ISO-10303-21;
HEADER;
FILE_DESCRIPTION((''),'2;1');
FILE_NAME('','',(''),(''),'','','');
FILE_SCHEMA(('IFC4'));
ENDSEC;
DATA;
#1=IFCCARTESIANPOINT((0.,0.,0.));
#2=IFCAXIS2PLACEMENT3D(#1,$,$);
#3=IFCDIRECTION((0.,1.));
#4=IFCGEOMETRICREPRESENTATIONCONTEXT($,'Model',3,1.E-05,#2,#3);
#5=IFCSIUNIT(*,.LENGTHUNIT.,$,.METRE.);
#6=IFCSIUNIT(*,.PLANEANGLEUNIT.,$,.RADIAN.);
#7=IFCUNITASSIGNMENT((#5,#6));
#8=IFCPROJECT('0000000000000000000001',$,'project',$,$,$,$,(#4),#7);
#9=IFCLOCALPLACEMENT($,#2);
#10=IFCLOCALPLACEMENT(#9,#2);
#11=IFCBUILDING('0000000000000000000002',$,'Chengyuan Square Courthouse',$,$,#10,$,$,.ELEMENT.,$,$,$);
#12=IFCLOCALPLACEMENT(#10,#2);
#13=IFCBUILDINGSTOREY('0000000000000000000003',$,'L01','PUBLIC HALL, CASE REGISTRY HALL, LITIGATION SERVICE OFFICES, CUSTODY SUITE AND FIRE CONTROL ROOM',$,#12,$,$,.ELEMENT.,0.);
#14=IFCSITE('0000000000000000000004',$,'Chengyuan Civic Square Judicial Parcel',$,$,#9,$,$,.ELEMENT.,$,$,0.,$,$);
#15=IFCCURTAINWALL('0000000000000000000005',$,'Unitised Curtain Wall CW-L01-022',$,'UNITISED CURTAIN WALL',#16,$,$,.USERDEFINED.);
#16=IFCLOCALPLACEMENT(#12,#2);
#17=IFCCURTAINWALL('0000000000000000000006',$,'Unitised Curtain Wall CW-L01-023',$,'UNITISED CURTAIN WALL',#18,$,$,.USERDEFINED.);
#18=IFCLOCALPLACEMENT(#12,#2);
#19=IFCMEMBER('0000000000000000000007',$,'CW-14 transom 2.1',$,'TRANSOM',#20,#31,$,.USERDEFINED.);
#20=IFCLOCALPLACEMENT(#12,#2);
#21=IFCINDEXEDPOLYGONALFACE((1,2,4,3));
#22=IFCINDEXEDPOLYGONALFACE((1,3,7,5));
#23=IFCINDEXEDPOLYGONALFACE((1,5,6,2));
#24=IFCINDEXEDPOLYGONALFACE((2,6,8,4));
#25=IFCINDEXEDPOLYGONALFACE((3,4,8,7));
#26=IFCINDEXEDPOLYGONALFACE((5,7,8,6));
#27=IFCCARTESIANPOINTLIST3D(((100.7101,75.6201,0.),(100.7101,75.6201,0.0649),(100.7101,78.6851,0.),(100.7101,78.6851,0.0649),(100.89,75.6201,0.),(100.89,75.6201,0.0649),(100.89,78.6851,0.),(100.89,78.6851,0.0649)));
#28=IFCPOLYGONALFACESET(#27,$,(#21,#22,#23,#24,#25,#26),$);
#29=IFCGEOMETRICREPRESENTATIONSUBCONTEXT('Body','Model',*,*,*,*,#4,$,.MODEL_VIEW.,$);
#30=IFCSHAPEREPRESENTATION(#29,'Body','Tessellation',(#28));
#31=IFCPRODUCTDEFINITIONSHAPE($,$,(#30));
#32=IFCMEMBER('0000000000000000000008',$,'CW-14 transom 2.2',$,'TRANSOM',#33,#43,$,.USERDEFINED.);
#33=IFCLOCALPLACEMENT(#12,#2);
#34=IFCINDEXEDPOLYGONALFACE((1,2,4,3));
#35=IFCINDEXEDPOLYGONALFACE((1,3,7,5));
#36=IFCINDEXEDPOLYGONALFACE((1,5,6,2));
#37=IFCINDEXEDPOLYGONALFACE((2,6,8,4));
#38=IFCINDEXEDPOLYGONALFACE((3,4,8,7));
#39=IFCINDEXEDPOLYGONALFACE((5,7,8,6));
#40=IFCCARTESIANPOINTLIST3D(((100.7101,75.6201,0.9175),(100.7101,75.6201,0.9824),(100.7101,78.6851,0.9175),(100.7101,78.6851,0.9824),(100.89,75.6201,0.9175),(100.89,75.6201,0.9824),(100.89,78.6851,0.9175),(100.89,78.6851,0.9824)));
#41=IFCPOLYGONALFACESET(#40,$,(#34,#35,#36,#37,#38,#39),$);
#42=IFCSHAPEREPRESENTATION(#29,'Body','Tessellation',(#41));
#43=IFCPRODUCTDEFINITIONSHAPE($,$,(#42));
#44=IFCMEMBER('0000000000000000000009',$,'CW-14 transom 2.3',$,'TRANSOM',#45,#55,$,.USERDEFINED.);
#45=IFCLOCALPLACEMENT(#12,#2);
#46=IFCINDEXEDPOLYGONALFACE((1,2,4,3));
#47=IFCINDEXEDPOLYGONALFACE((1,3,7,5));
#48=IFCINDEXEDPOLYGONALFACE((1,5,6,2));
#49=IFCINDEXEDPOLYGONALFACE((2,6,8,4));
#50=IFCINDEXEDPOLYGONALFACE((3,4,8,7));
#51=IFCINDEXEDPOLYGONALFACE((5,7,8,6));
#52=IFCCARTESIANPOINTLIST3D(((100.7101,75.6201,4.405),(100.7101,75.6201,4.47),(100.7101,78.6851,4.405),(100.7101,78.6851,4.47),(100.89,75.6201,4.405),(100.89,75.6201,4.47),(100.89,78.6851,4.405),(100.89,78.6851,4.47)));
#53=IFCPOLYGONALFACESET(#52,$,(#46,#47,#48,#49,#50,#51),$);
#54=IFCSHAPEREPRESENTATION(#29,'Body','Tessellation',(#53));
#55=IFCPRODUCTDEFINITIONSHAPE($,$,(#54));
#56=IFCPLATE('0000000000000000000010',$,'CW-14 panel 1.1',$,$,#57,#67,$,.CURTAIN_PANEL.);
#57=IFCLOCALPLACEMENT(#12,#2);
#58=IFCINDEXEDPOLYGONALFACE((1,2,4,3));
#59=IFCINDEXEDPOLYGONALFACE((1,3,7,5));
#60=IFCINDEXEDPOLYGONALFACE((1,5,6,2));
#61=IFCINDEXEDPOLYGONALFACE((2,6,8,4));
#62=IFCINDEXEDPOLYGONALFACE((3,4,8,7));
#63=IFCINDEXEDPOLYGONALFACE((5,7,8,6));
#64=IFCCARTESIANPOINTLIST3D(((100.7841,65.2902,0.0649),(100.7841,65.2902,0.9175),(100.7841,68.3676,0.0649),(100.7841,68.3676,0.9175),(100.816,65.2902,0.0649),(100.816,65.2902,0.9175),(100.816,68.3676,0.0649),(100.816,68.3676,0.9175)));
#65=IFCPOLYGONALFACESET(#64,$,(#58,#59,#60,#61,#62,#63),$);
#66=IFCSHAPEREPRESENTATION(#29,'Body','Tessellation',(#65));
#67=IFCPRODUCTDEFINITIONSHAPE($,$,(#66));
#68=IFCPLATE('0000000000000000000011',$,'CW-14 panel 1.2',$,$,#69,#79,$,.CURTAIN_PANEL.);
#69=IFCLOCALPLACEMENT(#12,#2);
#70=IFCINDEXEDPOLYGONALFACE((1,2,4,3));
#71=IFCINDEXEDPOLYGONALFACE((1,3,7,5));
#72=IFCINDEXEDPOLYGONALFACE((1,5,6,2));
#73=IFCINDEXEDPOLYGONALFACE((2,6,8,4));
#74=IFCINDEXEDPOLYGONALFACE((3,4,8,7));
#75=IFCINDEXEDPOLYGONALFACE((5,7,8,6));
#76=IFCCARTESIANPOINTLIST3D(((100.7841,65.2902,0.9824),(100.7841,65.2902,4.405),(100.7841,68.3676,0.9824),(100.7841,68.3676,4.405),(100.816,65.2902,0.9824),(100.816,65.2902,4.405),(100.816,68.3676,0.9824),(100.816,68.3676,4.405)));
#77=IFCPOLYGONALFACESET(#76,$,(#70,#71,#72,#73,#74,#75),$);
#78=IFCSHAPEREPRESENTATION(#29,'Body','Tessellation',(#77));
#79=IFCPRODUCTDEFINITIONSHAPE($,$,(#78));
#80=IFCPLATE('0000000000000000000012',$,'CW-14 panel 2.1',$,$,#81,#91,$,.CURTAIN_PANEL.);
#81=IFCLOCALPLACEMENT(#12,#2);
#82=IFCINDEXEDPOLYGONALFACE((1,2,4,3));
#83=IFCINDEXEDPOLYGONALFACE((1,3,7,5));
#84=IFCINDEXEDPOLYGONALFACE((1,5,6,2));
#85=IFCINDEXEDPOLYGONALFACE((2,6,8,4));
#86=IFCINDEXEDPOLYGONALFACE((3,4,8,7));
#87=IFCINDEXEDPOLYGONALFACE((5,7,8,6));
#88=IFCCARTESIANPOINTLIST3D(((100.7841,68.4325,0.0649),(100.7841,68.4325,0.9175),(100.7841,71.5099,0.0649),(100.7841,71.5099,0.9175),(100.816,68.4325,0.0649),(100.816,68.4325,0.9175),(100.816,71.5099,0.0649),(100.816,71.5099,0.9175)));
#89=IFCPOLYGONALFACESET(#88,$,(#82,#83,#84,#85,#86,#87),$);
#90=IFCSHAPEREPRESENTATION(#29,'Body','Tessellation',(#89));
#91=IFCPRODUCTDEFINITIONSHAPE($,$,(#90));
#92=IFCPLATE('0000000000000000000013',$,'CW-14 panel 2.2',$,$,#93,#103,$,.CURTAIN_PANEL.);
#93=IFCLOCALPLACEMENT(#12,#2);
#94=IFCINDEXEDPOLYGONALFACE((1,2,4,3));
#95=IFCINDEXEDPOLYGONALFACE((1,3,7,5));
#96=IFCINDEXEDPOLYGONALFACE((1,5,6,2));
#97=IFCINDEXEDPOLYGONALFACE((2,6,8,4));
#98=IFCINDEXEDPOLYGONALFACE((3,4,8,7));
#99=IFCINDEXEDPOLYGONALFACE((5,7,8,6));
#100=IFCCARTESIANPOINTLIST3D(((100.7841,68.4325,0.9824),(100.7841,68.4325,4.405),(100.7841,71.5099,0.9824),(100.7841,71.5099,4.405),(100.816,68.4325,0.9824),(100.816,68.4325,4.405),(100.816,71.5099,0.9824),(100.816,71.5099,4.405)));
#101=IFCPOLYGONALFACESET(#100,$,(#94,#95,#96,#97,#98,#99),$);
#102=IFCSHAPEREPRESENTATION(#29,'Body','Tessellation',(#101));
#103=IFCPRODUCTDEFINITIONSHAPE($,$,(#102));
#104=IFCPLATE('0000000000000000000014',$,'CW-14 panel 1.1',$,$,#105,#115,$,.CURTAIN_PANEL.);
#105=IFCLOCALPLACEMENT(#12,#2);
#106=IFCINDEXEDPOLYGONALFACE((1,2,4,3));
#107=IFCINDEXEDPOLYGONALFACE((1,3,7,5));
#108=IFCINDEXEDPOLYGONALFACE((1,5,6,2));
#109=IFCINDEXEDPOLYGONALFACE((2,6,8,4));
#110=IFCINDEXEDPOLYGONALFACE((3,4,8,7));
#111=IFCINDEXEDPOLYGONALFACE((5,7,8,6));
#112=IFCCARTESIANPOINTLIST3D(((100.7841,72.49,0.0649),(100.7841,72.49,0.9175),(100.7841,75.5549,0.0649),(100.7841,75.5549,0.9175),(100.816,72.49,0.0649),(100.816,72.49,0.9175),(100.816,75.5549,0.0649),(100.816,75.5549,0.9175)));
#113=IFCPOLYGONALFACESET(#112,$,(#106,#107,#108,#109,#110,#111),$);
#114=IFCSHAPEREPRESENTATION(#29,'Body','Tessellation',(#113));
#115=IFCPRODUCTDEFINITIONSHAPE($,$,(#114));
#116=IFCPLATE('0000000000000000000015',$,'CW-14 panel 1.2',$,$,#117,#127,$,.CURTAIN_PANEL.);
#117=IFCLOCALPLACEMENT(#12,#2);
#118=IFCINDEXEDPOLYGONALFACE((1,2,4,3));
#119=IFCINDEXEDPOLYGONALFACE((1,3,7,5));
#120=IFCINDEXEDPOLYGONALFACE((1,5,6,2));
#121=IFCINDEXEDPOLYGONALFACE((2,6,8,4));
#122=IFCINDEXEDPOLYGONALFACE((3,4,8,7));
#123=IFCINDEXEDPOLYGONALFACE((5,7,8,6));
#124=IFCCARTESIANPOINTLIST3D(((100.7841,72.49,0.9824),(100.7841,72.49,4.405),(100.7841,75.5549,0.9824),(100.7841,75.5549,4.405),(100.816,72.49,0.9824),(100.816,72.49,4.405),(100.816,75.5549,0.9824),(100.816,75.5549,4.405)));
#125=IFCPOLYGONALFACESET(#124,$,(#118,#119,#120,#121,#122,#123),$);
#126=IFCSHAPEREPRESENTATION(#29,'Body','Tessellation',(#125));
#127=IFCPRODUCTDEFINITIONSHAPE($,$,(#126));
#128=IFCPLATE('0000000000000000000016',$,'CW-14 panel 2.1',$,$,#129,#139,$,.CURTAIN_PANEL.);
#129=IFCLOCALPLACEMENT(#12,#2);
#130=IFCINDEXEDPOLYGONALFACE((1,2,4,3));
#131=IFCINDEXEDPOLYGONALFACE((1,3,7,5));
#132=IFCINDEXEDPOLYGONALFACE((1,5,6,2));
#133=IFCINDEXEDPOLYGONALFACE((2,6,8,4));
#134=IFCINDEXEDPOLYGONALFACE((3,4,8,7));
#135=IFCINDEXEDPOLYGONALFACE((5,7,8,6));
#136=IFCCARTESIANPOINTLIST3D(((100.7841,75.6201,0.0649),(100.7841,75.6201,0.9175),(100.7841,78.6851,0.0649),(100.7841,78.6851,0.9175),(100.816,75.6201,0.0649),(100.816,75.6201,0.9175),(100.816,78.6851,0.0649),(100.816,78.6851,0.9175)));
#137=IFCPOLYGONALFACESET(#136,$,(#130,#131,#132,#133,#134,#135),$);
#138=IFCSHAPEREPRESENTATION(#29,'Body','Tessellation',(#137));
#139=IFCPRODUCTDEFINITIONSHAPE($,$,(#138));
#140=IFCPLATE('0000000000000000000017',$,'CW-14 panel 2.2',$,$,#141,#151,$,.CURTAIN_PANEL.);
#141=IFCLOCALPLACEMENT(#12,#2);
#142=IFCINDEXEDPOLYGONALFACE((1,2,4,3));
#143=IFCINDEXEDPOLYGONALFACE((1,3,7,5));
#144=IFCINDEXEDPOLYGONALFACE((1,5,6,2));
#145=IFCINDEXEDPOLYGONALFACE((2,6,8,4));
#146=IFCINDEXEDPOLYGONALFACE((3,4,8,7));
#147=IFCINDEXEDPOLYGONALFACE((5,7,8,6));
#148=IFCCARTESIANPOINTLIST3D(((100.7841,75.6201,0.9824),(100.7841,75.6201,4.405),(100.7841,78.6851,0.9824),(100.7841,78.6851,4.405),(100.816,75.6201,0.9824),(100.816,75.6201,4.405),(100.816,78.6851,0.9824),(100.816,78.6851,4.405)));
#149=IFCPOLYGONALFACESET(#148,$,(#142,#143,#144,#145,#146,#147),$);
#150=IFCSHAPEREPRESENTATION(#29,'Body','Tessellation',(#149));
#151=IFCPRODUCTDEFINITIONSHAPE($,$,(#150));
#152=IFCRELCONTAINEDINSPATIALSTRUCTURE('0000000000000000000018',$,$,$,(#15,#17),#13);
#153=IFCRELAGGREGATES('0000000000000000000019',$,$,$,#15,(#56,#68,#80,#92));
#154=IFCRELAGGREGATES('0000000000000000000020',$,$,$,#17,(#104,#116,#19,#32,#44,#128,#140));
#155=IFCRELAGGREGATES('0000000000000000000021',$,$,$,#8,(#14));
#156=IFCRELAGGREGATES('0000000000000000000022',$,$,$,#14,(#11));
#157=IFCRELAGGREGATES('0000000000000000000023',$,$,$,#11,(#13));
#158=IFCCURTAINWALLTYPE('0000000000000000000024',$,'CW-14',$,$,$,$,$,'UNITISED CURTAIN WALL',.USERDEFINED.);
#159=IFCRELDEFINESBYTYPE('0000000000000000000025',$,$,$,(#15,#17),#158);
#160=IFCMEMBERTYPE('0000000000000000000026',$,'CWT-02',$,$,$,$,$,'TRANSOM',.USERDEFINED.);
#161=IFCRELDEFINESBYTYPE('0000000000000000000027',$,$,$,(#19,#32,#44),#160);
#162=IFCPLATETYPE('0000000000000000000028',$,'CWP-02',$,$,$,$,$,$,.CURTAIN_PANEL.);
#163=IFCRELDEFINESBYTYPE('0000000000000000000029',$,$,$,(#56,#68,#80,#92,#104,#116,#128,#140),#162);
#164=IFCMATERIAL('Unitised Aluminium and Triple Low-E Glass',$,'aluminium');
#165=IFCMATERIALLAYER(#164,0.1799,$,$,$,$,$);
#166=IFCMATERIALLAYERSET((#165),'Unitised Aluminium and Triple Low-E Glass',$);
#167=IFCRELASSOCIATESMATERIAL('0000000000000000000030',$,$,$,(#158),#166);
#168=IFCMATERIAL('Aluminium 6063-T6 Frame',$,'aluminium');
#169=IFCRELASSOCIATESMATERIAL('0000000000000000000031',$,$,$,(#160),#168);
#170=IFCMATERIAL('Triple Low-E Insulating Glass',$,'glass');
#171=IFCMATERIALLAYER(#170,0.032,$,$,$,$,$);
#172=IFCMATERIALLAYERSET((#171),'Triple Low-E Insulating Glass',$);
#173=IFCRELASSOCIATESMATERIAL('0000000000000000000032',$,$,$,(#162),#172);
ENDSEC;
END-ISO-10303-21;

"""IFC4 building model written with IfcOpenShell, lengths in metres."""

from ifc_helpers import new_model, si_unit, direction, frame, origin, origin_2d, place, context, subcontext, project, spatial, rectangle, extrude, material, layer, layer_set, material_profile, profile_set, type_object, element, aggregate, save


model = new_model("IFC4")

# Units and contexts
model_context = context("Model", 3, precision=1e-05, world=origin(), true_north=direction((0.0, 1.0)))
body_context = subcontext(model_context, "Body", "Model", "MODEL_VIEW")
ifc_project = project(units=[si_unit("LENGTHUNIT", "METRE"), si_unit("PLANEANGLEUNIT", "RADIAN")], contexts=[model_context])

# Site, building, storey
site_placement = place(None, origin())
site = spatial("IfcSite", under=ifc_project, at=site_placement, Name="Chengyuan Civic Square Judicial Parcel", CompositionType="ELEMENT", RefElevation=0.0)
building_placement = place(site_placement, origin())
building = spatial("IfcBuilding", under=site, at=building_placement, Name="Chengyuan Square Courthouse", CompositionType="ELEMENT")
storey_placement = place(building_placement, origin())
storey = spatial("IfcBuildingStorey", under=building, at=storey_placement, Name="L01", Description="PUBLIC HALL, CASE REGISTRY HALL, LITIGATION SERVICE OFFICES, CUSTODY SUITE AND FIRE CONTROL ROOM", CompositionType="ELEMENT", Elevation=0.0)

# Curtain walls
ifc_material_1 = material(Name="Unitised Aluminium and Triple Low-E Glass", Category="aluminium")
ifc_layer_1 = layer(ifc_material_1, 0.1799)
ifc_layer_set_1 = layer_set([ifc_layer_1], Name="Unitised Aluminium and Triple Low-E Glass")
curtain_wall_type = type_object("IfcCurtainWallType", Name="CW-14", ElementType="UNITISED CURTAIN WALL", PredefinedType="USERDEFINED", material=ifc_layer_set_1)
curtain_wall_1_placement = place(storey_placement, origin())
curtain_wall_1 = element("IfcCurtainWall", 1, at=curtain_wall_1_placement, inside=storey, type_object=curtain_wall_type, Name="Unitised Curtain Wall CW-L01-022", ObjectType="UNITISED CURTAIN WALL", PredefinedType="USERDEFINED")
ifc_material_2 = material(Name="Aluminium 6063-T6 Frame", Category="aluminium")
curtain_wall_2_placement = place(storey_placement, origin())
curtain_wall_2 = element("IfcCurtainWall", 2, at=curtain_wall_2_placement, inside=storey, type_object=curtain_wall_type, Name="Unitised Curtain Wall CW-L01-023", ObjectType="UNITISED CURTAIN WALL", PredefinedType="USERDEFINED")

# Members
ifc_material_profile_1 = material_profile(ifc_material_2, rectangle(XDim=0.1799, YDim=0.0649, at=origin_2d()), Name="CW-TRN-65x140")
ifc_profile_set_1 = profile_set([ifc_material_profile_1], Name="Aluminium 6063-T6 Frame")
member_type_1 = type_object("IfcMemberType", Name="CWT-02", ElementType="TRANSOM", PredefinedType="USERDEFINED", material=ifc_profile_set_1)
member_1_placement = place(storey_placement, frame((100.8, 75.6201, 0.0325), z_axis=(0.0, 1.0, 0.0), x_axis=(-1.0, 0.0, 0.0)))
member_1 = element("IfcMember", 3, at=member_1_placement, type_object=member_type_1, Name="CW-14 transom 2.1", ObjectType="TRANSOM", PredefinedType="USERDEFINED", context=body_context, shape_type="SweptSolid", body=[
    extrude(rectangle(XDim=0.1799, YDim=0.0649, at=origin_2d()), origin(), (0.0, 0.0, 1.0), 3.0649),
])
member_2_placement = place(storey_placement, frame((100.8, 75.6201, 0.95), z_axis=(0.0, 1.0, 0.0), x_axis=(-1.0, 0.0, 0.0)))
member_2 = element("IfcMember", 4, at=member_2_placement, type_object=member_type_1, Name="CW-14 transom 2.2", ObjectType="TRANSOM", PredefinedType="USERDEFINED", context=body_context, shape_type="SweptSolid", body=[
    extrude(rectangle(XDim=0.1799, YDim=0.0649, at=origin_2d()), origin(), (0.0, 0.0, 1.0), 3.0649),
])
member_3_placement = place(storey_placement, frame((100.8, 75.6201, 4.4375), z_axis=(0.0, 1.0, 0.0), x_axis=(-1.0, 0.0, 0.0)))
member_3 = element("IfcMember", 5, at=member_3_placement, type_object=member_type_1, Name="CW-14 transom 2.3", ObjectType="TRANSOM", PredefinedType="USERDEFINED", context=body_context, shape_type="SweptSolid", body=[
    extrude(rectangle(XDim=0.1799, YDim=0.0649, at=origin_2d()), origin(), (0.0, 0.0, 1.0), 3.0649),
])

# Plates
ifc_material_3 = material(Name="Triple Low-E Insulating Glass", Category="glass")
ifc_layer_2 = layer(ifc_material_3, 0.032)
ifc_layer_set_2 = layer_set([ifc_layer_2], Name="Triple Low-E Insulating Glass")
plate_type = type_object("IfcPlateType", Name="CWP-02", PredefinedType="CURTAIN_PANEL", material=ifc_layer_set_2)
plate_1_placement = place(storey_placement, frame((100.8, 66.8289, 0.0649), z_axis=(0.0, 0.0, 1.0), x_axis=(0.0, 1.0, 0.0)))
plate_1 = element("IfcPlate", 6, at=plate_1_placement, type_object=plate_type, Name="CW-14 panel 1.1", PredefinedType="CURTAIN_PANEL", context=body_context, shape_type="SweptSolid", body=[
    extrude(rectangle(XDim=3.0774, YDim=0.032, at=origin_2d()), origin(), (0.0, 0.0, 1.0), 0.8525),
])
plate_2_placement = place(storey_placement, frame((100.8, 66.8289, 0.9824), z_axis=(0.0, 0.0, 1.0), x_axis=(0.0, 1.0, 0.0)))
plate_2 = element("IfcPlate", 7, at=plate_2_placement, type_object=plate_type, Name="CW-14 panel 1.2", PredefinedType="CURTAIN_PANEL", context=body_context, shape_type="SweptSolid", body=[
    extrude(rectangle(XDim=3.0774, YDim=0.032, at=origin_2d()), origin(), (0.0, 0.0, 1.0), 3.4226),
])
plate_3_placement = place(storey_placement, frame((100.8, 69.9712, 0.0649), z_axis=(0.0, 0.0, 1.0), x_axis=(0.0, 1.0, 0.0)))
plate_3 = element("IfcPlate", 8, at=plate_3_placement, type_object=plate_type, Name="CW-14 panel 2.1", PredefinedType="CURTAIN_PANEL", context=body_context, shape_type="SweptSolid", body=[
    extrude(rectangle(XDim=3.0774, YDim=0.032, at=origin_2d()), origin(), (0.0, 0.0, 1.0), 0.8525),
])
plate_4_placement = place(storey_placement, frame((100.8, 69.9712, 0.9824), z_axis=(0.0, 0.0, 1.0), x_axis=(0.0, 1.0, 0.0)))
plate_4 = element("IfcPlate", 9, at=plate_4_placement, type_object=plate_type, Name="CW-14 panel 2.2", PredefinedType="CURTAIN_PANEL", context=body_context, shape_type="SweptSolid", body=[
    extrude(rectangle(XDim=3.0774, YDim=0.032, at=origin_2d()), origin(), (0.0, 0.0, 1.0), 3.4226),
])
aggregate(curtain_wall_1, [plate_1, plate_2, plate_3, plate_4])
plate_5_placement = place(storey_placement, frame((100.8, 74.0225, 0.0649), z_axis=(0.0, 0.0, 1.0), x_axis=(0.0, 1.0, 0.0)))
plate_5 = element("IfcPlate", 10, at=plate_5_placement, type_object=plate_type, Name="CW-14 panel 1.1", PredefinedType="CURTAIN_PANEL", context=body_context, shape_type="SweptSolid", body=[
    extrude(rectangle(XDim=3.0649, YDim=0.032, at=origin_2d()), origin(), (0.0, 0.0, 1.0), 0.8525),
])
plate_6_placement = place(storey_placement, frame((100.8, 74.0225, 0.9824), z_axis=(0.0, 0.0, 1.0), x_axis=(0.0, 1.0, 0.0)))
plate_6 = element("IfcPlate", 11, at=plate_6_placement, type_object=plate_type, Name="CW-14 panel 1.2", PredefinedType="CURTAIN_PANEL", context=body_context, shape_type="SweptSolid", body=[
    extrude(rectangle(XDim=3.0649, YDim=0.032, at=origin_2d()), origin(), (0.0, 0.0, 1.0), 3.4226),
])
plate_7_placement = place(storey_placement, frame((100.8, 77.1526, 0.0649), z_axis=(0.0, 0.0, 1.0), x_axis=(0.0, 1.0, 0.0)))
plate_7 = element("IfcPlate", 12, at=plate_7_placement, type_object=plate_type, Name="CW-14 panel 2.1", PredefinedType="CURTAIN_PANEL", context=body_context, shape_type="SweptSolid", body=[
    extrude(rectangle(XDim=3.0649, YDim=0.032, at=origin_2d()), origin(), (0.0, 0.0, 1.0), 0.8525),
])
plate_8_placement = place(storey_placement, frame((100.8, 77.1526, 0.9824), z_axis=(0.0, 0.0, 1.0), x_axis=(0.0, 1.0, 0.0)))
plate_8 = element("IfcPlate", 13, at=plate_8_placement, type_object=plate_type, Name="CW-14 panel 2.2", PredefinedType="CURTAIN_PANEL", context=body_context, shape_type="SweptSolid", body=[
    extrude(rectangle(XDim=3.0649, YDim=0.032, at=origin_2d()), origin(), (0.0, 0.0, 1.0), 3.4226),
])
aggregate(curtain_wall_2, [plate_5, plate_6, member_1, member_2, member_3, plate_7, plate_8])

save(model, "model.ifc")
